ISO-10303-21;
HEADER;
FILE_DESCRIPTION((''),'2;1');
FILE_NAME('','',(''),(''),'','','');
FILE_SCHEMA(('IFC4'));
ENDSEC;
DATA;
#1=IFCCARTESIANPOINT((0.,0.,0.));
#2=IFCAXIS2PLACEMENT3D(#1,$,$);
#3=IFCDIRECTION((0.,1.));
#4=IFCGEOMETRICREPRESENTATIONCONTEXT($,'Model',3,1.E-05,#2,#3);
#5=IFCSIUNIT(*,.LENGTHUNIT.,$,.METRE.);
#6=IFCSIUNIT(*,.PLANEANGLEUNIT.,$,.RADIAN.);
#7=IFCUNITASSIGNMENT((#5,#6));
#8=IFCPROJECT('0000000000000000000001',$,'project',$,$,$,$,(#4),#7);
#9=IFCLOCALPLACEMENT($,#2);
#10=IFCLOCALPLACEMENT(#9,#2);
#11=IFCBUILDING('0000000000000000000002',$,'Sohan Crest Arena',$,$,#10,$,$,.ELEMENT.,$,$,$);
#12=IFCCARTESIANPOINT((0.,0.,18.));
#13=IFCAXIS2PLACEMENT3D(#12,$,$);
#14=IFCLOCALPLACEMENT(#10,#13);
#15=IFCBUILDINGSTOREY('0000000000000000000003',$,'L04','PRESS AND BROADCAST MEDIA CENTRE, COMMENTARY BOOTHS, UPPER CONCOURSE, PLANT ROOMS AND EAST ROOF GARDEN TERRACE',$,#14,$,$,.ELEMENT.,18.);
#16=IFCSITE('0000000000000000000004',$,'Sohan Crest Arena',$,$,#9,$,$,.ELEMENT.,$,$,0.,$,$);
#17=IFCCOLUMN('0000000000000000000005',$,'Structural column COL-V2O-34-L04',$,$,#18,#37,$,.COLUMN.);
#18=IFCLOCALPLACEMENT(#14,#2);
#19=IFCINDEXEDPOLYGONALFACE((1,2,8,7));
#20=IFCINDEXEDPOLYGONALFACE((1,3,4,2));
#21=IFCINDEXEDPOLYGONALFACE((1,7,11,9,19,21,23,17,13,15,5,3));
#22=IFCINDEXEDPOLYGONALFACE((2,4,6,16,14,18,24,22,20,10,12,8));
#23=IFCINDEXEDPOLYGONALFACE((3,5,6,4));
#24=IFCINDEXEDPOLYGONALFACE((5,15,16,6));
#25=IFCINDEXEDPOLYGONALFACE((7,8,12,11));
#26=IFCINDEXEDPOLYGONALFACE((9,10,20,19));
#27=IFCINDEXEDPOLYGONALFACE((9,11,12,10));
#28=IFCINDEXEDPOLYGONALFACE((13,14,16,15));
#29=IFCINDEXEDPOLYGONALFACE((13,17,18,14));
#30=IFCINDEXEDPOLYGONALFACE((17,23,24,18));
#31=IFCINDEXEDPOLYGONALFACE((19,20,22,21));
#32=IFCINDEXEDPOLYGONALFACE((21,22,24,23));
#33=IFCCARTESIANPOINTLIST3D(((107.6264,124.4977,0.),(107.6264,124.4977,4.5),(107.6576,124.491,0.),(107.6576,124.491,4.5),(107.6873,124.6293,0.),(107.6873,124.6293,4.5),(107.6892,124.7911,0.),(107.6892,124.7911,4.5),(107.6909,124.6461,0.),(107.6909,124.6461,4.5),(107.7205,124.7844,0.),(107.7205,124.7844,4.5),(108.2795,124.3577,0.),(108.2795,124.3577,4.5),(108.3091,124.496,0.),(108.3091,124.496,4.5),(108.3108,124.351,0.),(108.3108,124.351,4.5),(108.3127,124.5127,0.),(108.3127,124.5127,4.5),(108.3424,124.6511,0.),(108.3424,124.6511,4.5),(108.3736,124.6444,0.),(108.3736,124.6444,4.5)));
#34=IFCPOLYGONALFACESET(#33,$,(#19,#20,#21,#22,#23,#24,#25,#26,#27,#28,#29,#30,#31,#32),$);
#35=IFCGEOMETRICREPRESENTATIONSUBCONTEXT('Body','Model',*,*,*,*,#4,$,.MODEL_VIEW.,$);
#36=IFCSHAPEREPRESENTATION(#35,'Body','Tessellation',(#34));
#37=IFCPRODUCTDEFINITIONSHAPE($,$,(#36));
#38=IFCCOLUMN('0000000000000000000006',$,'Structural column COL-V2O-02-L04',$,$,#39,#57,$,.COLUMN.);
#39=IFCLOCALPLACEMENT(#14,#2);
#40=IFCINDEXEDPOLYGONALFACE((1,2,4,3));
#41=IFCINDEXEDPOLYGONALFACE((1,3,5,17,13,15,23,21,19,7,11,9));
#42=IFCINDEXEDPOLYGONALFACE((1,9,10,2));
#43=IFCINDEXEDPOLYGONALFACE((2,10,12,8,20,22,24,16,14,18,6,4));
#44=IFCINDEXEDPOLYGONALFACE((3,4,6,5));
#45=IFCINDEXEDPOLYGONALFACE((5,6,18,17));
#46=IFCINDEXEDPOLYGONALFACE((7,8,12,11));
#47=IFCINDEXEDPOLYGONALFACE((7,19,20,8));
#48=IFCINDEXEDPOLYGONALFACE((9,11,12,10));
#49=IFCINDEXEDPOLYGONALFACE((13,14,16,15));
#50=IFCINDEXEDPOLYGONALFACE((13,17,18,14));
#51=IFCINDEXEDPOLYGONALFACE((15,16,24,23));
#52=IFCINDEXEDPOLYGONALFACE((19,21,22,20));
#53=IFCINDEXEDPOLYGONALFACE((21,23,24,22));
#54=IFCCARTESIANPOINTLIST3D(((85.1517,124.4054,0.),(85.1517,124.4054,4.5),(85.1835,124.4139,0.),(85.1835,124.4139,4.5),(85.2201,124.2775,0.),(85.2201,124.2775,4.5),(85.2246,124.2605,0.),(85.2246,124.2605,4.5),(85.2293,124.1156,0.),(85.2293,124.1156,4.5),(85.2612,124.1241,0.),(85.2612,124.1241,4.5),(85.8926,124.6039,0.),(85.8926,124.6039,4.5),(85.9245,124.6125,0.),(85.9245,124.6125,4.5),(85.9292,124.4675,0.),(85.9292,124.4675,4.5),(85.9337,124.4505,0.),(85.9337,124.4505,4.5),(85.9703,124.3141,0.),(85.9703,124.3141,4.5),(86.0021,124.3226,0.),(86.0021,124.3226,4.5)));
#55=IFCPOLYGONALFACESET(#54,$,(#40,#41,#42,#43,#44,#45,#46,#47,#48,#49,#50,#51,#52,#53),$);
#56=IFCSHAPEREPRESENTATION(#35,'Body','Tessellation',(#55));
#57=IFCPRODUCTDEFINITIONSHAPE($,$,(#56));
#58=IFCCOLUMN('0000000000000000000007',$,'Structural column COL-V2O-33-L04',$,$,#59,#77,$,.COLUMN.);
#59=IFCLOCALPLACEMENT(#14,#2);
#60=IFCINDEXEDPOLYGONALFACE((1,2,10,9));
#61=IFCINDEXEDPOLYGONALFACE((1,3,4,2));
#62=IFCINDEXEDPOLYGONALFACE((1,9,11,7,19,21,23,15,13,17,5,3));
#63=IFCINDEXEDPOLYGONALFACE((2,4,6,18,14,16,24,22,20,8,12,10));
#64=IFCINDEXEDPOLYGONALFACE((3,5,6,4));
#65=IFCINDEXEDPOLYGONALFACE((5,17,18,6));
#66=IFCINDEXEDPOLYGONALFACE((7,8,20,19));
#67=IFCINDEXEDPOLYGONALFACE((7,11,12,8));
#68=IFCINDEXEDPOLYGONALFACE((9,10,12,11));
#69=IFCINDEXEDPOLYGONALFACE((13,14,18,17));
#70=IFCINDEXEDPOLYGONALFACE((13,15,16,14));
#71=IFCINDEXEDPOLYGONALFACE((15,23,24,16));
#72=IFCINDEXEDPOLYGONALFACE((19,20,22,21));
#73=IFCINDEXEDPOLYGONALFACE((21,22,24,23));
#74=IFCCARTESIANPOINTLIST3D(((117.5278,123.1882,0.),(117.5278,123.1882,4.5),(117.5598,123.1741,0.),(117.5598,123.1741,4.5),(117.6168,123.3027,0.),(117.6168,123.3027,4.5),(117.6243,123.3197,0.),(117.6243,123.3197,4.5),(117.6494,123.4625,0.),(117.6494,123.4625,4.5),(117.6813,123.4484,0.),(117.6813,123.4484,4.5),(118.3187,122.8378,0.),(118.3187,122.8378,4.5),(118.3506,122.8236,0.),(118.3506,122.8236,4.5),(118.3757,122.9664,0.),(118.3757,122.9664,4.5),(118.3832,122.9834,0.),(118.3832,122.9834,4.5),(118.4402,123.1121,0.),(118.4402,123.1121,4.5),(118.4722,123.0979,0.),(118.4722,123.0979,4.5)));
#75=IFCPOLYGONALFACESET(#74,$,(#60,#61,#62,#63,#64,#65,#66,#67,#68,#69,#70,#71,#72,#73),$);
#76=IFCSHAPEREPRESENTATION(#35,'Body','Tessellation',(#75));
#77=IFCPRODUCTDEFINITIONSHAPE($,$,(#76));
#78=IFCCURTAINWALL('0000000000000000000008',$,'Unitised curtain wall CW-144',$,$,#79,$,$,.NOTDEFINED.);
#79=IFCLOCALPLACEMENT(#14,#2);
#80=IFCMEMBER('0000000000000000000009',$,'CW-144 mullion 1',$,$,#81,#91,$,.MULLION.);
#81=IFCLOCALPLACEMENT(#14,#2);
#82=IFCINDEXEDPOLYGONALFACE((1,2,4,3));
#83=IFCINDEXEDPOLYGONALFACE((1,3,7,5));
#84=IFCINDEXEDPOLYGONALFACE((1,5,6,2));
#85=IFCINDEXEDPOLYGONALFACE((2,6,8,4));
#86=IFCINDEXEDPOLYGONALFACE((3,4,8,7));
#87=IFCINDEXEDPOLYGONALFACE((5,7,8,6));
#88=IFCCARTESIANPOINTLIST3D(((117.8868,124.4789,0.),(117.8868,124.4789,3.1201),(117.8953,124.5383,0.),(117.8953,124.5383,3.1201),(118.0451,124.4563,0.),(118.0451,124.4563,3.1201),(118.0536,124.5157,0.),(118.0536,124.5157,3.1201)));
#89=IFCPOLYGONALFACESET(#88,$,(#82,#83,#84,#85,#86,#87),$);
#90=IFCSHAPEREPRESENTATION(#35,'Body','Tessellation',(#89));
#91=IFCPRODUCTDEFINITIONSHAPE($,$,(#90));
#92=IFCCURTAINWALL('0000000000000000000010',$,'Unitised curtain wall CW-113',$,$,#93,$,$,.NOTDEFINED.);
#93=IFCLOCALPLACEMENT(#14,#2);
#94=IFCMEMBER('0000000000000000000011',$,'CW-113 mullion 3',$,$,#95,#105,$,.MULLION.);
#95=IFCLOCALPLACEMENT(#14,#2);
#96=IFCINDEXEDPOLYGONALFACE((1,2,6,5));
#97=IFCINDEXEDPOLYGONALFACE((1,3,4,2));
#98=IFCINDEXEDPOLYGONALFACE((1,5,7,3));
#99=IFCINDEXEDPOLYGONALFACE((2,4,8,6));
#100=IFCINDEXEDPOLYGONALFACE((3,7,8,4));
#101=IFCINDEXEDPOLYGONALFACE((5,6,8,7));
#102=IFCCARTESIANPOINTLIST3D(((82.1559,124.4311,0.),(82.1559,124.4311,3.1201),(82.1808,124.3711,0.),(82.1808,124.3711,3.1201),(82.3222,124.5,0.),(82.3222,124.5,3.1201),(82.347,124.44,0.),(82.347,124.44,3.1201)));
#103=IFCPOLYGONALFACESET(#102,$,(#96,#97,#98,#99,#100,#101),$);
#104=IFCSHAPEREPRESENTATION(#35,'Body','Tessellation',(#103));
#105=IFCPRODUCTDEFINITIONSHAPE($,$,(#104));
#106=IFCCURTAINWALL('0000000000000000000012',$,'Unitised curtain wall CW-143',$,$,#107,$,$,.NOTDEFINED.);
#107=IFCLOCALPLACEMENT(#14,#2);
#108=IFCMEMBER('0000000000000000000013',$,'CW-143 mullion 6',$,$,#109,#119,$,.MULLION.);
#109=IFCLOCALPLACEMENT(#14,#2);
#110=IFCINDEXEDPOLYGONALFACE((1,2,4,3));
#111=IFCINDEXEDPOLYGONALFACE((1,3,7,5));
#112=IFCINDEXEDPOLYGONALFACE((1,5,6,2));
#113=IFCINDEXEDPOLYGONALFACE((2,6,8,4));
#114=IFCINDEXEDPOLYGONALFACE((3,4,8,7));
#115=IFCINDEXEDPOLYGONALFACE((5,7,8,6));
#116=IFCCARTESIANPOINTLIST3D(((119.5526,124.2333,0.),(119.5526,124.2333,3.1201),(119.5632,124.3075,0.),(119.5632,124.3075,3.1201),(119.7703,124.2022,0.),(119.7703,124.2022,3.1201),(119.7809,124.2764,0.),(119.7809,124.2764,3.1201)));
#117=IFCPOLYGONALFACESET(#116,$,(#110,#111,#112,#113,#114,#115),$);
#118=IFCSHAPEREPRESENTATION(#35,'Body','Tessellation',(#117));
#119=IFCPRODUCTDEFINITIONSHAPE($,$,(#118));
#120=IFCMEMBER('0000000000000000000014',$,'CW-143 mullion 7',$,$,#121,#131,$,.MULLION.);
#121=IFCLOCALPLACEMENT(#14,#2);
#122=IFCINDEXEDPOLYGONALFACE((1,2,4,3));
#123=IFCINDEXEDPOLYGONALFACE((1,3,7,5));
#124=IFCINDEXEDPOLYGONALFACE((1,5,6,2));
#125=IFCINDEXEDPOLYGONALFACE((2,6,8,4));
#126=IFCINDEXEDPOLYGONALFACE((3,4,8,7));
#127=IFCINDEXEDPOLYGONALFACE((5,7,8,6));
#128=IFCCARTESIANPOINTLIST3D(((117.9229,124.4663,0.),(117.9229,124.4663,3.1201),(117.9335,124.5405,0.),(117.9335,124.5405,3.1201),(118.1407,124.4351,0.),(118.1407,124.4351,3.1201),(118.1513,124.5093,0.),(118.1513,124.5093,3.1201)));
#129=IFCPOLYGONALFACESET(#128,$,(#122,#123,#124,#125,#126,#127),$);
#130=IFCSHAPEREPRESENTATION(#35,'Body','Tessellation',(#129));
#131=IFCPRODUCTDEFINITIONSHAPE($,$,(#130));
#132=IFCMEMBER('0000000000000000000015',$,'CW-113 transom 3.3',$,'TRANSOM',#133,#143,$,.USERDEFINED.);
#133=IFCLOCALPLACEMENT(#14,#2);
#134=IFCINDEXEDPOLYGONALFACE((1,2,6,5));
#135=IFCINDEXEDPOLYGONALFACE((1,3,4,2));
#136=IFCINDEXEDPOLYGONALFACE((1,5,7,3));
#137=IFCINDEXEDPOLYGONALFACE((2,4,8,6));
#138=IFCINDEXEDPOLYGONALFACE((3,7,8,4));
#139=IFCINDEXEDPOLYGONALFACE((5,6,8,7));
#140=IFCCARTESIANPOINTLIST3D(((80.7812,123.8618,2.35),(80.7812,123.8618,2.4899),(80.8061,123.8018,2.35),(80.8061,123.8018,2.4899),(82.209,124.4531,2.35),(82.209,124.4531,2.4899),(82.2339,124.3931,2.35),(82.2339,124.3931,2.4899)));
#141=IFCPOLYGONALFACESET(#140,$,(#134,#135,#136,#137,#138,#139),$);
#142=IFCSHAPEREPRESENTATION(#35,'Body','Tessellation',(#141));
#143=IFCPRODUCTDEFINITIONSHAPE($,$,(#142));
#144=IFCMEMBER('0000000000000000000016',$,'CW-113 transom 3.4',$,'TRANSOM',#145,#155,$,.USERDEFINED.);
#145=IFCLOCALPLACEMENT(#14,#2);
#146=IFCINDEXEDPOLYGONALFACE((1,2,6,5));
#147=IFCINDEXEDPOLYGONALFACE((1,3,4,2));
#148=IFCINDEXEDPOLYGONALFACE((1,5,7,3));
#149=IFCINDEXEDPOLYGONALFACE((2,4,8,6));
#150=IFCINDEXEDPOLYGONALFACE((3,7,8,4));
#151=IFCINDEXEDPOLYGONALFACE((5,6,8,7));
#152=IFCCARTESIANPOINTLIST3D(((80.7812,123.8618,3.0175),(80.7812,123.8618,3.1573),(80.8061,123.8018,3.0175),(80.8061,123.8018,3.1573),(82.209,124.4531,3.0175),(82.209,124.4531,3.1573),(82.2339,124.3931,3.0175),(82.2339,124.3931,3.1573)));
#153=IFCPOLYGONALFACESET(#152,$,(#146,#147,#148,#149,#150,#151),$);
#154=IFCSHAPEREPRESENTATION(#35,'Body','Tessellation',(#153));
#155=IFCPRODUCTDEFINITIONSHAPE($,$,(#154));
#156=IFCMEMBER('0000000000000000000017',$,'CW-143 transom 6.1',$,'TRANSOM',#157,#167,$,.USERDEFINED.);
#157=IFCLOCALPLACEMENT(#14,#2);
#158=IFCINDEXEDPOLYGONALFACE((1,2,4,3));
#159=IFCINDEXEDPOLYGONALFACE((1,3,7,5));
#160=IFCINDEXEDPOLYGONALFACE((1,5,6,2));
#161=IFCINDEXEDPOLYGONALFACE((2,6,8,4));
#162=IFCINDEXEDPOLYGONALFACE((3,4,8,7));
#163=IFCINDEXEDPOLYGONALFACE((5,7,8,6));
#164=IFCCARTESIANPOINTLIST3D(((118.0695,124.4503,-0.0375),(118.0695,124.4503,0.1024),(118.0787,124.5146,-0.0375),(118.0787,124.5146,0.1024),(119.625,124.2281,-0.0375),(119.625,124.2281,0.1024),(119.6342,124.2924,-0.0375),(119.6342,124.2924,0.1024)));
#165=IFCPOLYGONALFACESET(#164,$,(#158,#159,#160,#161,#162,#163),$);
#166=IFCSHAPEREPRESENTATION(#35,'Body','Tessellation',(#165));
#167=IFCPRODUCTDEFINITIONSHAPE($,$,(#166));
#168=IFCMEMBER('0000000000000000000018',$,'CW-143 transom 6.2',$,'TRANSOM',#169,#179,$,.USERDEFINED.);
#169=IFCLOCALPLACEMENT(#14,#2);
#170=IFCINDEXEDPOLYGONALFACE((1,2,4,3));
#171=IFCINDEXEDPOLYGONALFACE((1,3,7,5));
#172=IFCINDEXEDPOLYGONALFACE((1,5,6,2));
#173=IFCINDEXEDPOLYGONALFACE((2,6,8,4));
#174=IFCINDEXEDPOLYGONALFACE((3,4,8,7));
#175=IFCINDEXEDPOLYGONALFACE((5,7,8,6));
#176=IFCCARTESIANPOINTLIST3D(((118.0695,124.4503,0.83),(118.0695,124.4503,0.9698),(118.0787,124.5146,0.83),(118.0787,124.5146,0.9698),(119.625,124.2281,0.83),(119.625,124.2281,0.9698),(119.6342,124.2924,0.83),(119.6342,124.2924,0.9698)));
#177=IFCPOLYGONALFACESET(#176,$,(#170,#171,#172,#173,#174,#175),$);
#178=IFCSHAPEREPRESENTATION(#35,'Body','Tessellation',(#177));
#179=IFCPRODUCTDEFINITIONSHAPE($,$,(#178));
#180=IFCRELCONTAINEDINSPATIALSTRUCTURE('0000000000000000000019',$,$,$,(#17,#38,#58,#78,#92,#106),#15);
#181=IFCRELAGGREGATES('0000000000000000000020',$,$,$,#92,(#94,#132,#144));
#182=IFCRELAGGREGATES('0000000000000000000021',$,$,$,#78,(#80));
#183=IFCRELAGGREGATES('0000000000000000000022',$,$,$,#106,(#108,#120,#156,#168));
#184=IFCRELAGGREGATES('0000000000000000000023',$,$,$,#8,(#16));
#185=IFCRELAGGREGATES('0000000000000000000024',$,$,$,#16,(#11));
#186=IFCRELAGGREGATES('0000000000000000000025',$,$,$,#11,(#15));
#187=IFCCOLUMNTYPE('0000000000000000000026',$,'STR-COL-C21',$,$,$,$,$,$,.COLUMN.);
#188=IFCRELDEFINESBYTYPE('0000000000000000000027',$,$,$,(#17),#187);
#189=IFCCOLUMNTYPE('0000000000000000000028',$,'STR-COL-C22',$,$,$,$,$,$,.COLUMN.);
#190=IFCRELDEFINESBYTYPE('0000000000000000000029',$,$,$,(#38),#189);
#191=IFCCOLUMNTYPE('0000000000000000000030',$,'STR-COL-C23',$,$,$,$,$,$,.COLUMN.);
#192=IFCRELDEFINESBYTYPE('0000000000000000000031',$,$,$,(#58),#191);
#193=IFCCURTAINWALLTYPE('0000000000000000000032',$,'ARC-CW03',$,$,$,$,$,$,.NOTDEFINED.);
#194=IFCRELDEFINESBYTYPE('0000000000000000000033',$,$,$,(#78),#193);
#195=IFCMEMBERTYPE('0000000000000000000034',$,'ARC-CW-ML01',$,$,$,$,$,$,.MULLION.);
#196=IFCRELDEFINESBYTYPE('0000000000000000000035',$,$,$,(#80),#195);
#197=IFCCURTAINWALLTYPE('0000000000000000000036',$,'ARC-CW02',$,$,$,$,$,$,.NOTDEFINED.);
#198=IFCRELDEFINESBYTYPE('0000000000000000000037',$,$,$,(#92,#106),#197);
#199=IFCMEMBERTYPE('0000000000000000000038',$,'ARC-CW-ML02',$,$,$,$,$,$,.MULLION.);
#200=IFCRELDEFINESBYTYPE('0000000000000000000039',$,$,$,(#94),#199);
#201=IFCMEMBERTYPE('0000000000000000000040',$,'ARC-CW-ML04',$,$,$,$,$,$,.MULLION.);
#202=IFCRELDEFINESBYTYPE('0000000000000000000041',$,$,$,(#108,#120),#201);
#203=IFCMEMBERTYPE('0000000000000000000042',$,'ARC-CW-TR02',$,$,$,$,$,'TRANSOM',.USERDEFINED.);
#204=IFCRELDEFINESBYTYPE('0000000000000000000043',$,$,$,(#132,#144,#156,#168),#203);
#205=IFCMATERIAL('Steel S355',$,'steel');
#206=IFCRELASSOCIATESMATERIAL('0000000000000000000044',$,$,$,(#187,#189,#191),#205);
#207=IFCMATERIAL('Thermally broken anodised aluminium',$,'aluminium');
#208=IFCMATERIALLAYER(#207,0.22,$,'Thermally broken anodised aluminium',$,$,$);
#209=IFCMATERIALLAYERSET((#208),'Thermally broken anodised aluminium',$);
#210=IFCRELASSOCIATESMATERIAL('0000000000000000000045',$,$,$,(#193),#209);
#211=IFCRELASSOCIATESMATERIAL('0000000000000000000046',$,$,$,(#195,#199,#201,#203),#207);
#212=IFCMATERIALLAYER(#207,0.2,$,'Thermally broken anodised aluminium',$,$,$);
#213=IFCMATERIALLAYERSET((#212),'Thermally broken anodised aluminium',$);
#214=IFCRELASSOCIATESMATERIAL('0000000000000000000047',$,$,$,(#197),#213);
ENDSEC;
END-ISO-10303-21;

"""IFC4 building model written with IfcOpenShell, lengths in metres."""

from ifc_helpers import new_model, si_unit, direction, frame, origin, origin_2d, place, context, subcontext, project, spatial, rectangle, i_section, extrude, material, layer, layer_set, material_profile, profile_set, type_object, element, aggregate, save


model = new_model("IFC4")

# Units and contexts
model_context = context("Model", 3, precision=1e-05, world=origin(), true_north=direction((0.0, 1.0)))
body_context = subcontext(model_context, "Body", "Model", "MODEL_VIEW")
ifc_project = project(units=[si_unit("LENGTHUNIT", "METRE"), si_unit("PLANEANGLEUNIT", "RADIAN")], contexts=[model_context])

# Site, building, storey
site_placement = place(None, origin())
site = spatial("IfcSite", under=ifc_project, at=site_placement, Name="Sohan Crest Arena", CompositionType="ELEMENT", RefElevation=0.0)
building_placement = place(site_placement, origin())
building = spatial("IfcBuilding", under=site, at=building_placement, Name="Sohan Crest Arena", CompositionType="ELEMENT")
storey_placement = place(building_placement, frame((0.0, 0.0, 18.0)))
storey = spatial("IfcBuildingStorey", under=building, at=storey_placement, Name="L04", Description="PRESS AND BROADCAST MEDIA CENTRE, COMMENTARY BOOTHS, UPPER CONCOURSE, PLANT ROOMS AND EAST ROOF GARDEN TERRACE", CompositionType="ELEMENT", Elevation=18.0)

# Columns
ifc_material_1 = material(Name="Steel S355", Category="steel")
ifc_material_profile_1 = material_profile(ifc_material_1, i_section(OverallWidth=0.3, OverallDepth=0.7, WebThickness=0.0171, FlangeThickness=0.032, at=origin_2d()), Name="HEB 700")
ifc_profile_set_1 = profile_set([ifc_material_profile_1], Name="Steel S355")
column_type_1 = type_object("IfcColumnType", Name="STR-COL-C21", PredefinedType="COLUMN", material=ifc_profile_set_1)
column_1_placement = place(storey_placement, frame((108.0, 124.571, 0.0), z_axis=(0.0, 0.0, 1.0), x_axis=(0.209619, 0.977783, 0.0)))
element("IfcColumn", 1, at=column_1_placement, inside=storey, type_object=column_type_1, Name="Structural column COL-V2O-34-L04", PredefinedType="COLUMN", context=body_context, shape_type="SweptSolid", body=[
    extrude(i_section(OverallWidth=0.3, OverallDepth=0.7, WebThickness=0.0171, FlangeThickness=0.032, at=origin_2d()), origin(), (0.0, 0.0, 1.0), 4.5),
])
ifc_material_profile_2 = material_profile(ifc_material_1, i_section(OverallWidth=0.3, OverallDepth=0.8, WebThickness=0.0176, FlangeThickness=0.033, at=origin_2d()), Name="HEB 800")
ifc_profile_set_2 = profile_set([ifc_material_profile_2], Name="Steel S355")
column_type_2 = type_object("IfcColumnType", Name="STR-COL-C22", PredefinedType="COLUMN", material=ifc_profile_set_2)
column_2_placement = place(storey_placement, frame((85.5769, 124.364, 0.0), z_axis=(0.0, 0.0, 1.0), x_axis=(-0.258819, 0.965926, 0.0)))
element("IfcColumn", 2, at=column_2_placement, inside=storey, type_object=column_type_2, Name="Structural column COL-V2O-02-L04", PredefinedType="COLUMN", context=body_context, shape_type="SweptSolid", body=[
    extrude(i_section(OverallWidth=0.3, OverallDepth=0.8, WebThickness=0.0176, FlangeThickness=0.033, at=origin_2d()), origin(), (0.0, 0.0, 1.0), 4.5),
])
ifc_material_profile_3 = material_profile(ifc_material_1, i_section(OverallWidth=0.3, OverallDepth=0.8999, WebThickness=0.0186, FlangeThickness=0.0349, at=origin_2d()), Name="HEB 900")
ifc_profile_set_3 = profile_set([ifc_material_profile_3], Name="Steel S355")
column_type_3 = type_object("IfcColumnType", Name="STR-COL-C23", PredefinedType="COLUMN", material=ifc_profile_set_3)
column_3_placement = place(storey_placement, frame((118.0, 123.1431, 0.0), z_axis=(0.0, 0.0, 1.0), x_axis=(0.405142, 0.914254, 0.0)))
element("IfcColumn", 3, at=column_3_placement, inside=storey, type_object=column_type_3, Name="Structural column COL-V2O-33-L04", PredefinedType="COLUMN", context=body_context, shape_type="SweptSolid", body=[
    extrude(i_section(OverallWidth=0.3, OverallDepth=0.8999, WebThickness=0.0186, FlangeThickness=0.0349, at=origin_2d()), origin(), (0.0, 0.0, 1.0), 4.5),
])

# Curtain walls, members
ifc_material_2 = material(Name="Thermally broken anodised aluminium", Category="aluminium")
ifc_layer_1 = layer(ifc_material_2, 0.22, Name="Thermally broken anodised aluminium")
ifc_layer_set_1 = layer_set([ifc_layer_1], Name="Thermally broken anodised aluminium")
curtain_wall_type_1 = type_object("IfcCurtainWallType", Name="ARC-CW03", PredefinedType="NOTDEFINED", material=ifc_layer_set_1)
curtain_wall_1_placement = place(storey_placement, origin())
curtain_wall_1 = element("IfcCurtainWall", 4, at=curtain_wall_1_placement, inside=storey, type_object=curtain_wall_type_1, Name="Unitised curtain wall CW-144", PredefinedType="NOTDEFINED")
ifc_material_profile_4 = material_profile(ifc_material_2, rectangle(XDim=0.0601, YDim=0.1599, at=origin_2d()), Name="ALU-MULL 60x160")
ifc_profile_set_4 = profile_set([ifc_material_profile_4], Name="Thermally broken anodised aluminium")
member_type_1 = type_object("IfcMemberType", Name="ARC-CW-ML01", PredefinedType="MULLION", material=ifc_profile_set_4)
member_1_placement = place(storey_placement, frame((117.9702, 124.4973, 0.0), z_axis=(0.0, 0.0, 1.0), x_axis=(-0.141366, -0.989957, 0.0)))
member_1 = element("IfcMember", 5, at=member_1_placement, type_object=member_type_1, Name="CW-144 mullion 1", PredefinedType="MULLION", context=body_context, shape_type="SweptSolid", body=[
    extrude(rectangle(XDim=0.0601, YDim=0.1599, at=origin_2d()), origin(), (0.0, 0.0, 1.0), 3.1201),
])
ifc_layer_2 = layer(ifc_material_2, 0.2, Name="Thermally broken anodised aluminium")
ifc_layer_set_2 = layer_set([ifc_layer_2], Name="Thermally broken anodised aluminium")
curtain_wall_type_2 = type_object("IfcCurtainWallType", Name="ARC-CW02", PredefinedType="NOTDEFINED", material=ifc_layer_set_2)
curtain_wall_2_placement = place(storey_placement, origin())
curtain_wall_2 = element("IfcCurtainWall", 6, at=curtain_wall_2_placement, inside=storey, type_object=curtain_wall_type_2, Name="Unitised curtain wall CW-113", PredefinedType="NOTDEFINED")
ifc_material_profile_5 = material_profile(ifc_material_2, rectangle(XDim=0.0649, YDim=0.1799, at=origin_2d()), Name="ALU-MULL 65x180")
ifc_profile_set_5 = profile_set([ifc_material_profile_5], Name="Thermally broken anodised aluminium")
member_type_2 = type_object("IfcMemberType", Name="ARC-CW-ML02", PredefinedType="MULLION", material=ifc_profile_set_5)
member_2_placement = place(storey_placement, frame((82.2515, 124.4355, 0.0), z_axis=(0.0, 0.0, 1.0), x_axis=(0.382685, -0.923879, 0.0)))
member_2 = element("IfcMember", 7, at=member_2_placement, type_object=member_type_2, Name="CW-113 mullion 3", PredefinedType="MULLION", context=body_context, shape_type="SweptSolid", body=[
    extrude(rectangle(XDim=0.0649, YDim=0.1799, at=origin_2d()), origin(), (0.0, 0.0, 1.0), 3.1201),
])

# Curtain wall, members
curtain_wall_3_placement = place(storey_placement, origin())
curtain_wall_3 = element("IfcCurtainWall", 8, at=curtain_wall_3_placement, inside=storey, type_object=curtain_wall_type_2, Name="Unitised curtain wall CW-143", PredefinedType="NOTDEFINED")
ifc_material_profile_6 = material_profile(ifc_material_2, rectangle(XDim=0.075, YDim=0.22, at=origin_2d()), Name="ALU-MULL 75x220")
ifc_profile_set_6 = profile_set([ifc_material_profile_6], Name="Thermally broken anodised aluminium")
member_type_3 = type_object("IfcMemberType", Name="ARC-CW-ML04", PredefinedType="MULLION", material=ifc_profile_set_6)
member_3_placement = place(storey_placement, frame((119.6667, 124.2549, 0.0), z_axis=(0.0, 0.0, 1.0), x_axis=(-0.141463, -0.989944, 0.0)))
member_3 = element("IfcMember", 9, at=member_3_placement, type_object=member_type_3, Name="CW-143 mullion 6", PredefinedType="MULLION", context=body_context, shape_type="SweptSolid", body=[
    extrude(rectangle(XDim=0.075, YDim=0.22, at=origin_2d()), origin(), (0.0, 0.0, 1.0), 3.1201),
])
member_4_placement = place(storey_placement, frame((118.0371, 124.4878, 0.0), z_axis=(0.0, 0.0, 1.0), x_axis=(-0.141463, -0.989944, 0.0)))
member_4 = element("IfcMember", 10, at=member_4_placement, type_object=member_type_3, Name="CW-143 mullion 7", PredefinedType="MULLION", context=body_context, shape_type="SweptSolid", body=[
    extrude(rectangle(XDim=0.075, YDim=0.22, at=origin_2d()), origin(), (0.0, 0.0, 1.0), 3.1201),
])

# Members
ifc_material_profile_7 = material_profile(ifc_material_2, rectangle(XDim=0.0649, YDim=0.1399, at=origin_2d()), Name="ALU-TRAN 65x140")
ifc_profile_set_7 = profile_set([ifc_material_profile_7], Name="Thermally broken anodised aluminium")
member_type_4 = type_object("IfcMemberType", Name="ARC-CW-TR02", ElementType="TRANSOM", PredefinedType="USERDEFINED", material=ifc_profile_set_7)
member_5_placement = place(storey_placement, frame((82.2214, 124.4231, 2.4199), z_axis=(-0.923897, -0.38264, 0.0), x_axis=(0.38264, -0.923897, 0.0)))
member_5 = element("IfcMember", 11, at=member_5_placement, type_object=member_type_4, Name="CW-113 transom 3.3", ObjectType="TRANSOM", PredefinedType="USERDEFINED", context=body_context, shape_type="SweptSolid", body=[
    extrude(rectangle(XDim=0.0649, YDim=0.1399, at=origin_2d()), origin(), (0.0, 0.0, 1.0), 1.5454),
])
member_6_placement = place(storey_placement, frame((82.2214, 124.4231, 3.0874), z_axis=(-0.923897, -0.38264, 0.0), x_axis=(0.38264, -0.923897, 0.0)))
member_6 = element("IfcMember", 12, at=member_6_placement, type_object=member_type_4, Name="CW-113 transom 3.4", ObjectType="TRANSOM", PredefinedType="USERDEFINED", context=body_context, shape_type="SweptSolid", body=[
    extrude(rectangle(XDim=0.0649, YDim=0.1399, at=origin_2d()), origin(), (0.0, 0.0, 1.0), 1.5454),
])
aggregate(curtain_wall_2, [member_2, member_5, member_6])
member_7_placement = place(storey_placement, frame((119.6296, 124.2603, 0.0325), z_axis=(-0.989953, 0.1414, 0.0), x_axis=(-0.1414, -0.989953, 0.0)))
member_7 = element("IfcMember", 13, at=member_7_placement, type_object=member_type_4, Name="CW-143 transom 6.1", ObjectType="TRANSOM", PredefinedType="USERDEFINED", context=body_context, shape_type="SweptSolid", body=[
    extrude(rectangle(XDim=0.0649, YDim=0.1399, at=origin_2d()), origin(), (0.0, 0.0, 1.0), 1.5713),
])
member_8_placement = place(storey_placement, frame((119.6296, 124.2603, 0.8999), z_axis=(-0.989953, 0.1414, 0.0), x_axis=(-0.1414, -0.989953, 0.0)))
member_8 = element("IfcMember", 14, at=member_8_placement, type_object=member_type_4, Name="CW-143 transom 6.2", ObjectType="TRANSOM", PredefinedType="USERDEFINED", context=body_context, shape_type="SweptSolid", body=[
    extrude(rectangle(XDim=0.0649, YDim=0.1399, at=origin_2d()), origin(), (0.0, 0.0, 1.0), 1.5713),
])
aggregate(curtain_wall_1, [member_1])

aggregate(curtain_wall_3, [member_3, member_4, member_7, member_8])

save(model, "model.ifc")
